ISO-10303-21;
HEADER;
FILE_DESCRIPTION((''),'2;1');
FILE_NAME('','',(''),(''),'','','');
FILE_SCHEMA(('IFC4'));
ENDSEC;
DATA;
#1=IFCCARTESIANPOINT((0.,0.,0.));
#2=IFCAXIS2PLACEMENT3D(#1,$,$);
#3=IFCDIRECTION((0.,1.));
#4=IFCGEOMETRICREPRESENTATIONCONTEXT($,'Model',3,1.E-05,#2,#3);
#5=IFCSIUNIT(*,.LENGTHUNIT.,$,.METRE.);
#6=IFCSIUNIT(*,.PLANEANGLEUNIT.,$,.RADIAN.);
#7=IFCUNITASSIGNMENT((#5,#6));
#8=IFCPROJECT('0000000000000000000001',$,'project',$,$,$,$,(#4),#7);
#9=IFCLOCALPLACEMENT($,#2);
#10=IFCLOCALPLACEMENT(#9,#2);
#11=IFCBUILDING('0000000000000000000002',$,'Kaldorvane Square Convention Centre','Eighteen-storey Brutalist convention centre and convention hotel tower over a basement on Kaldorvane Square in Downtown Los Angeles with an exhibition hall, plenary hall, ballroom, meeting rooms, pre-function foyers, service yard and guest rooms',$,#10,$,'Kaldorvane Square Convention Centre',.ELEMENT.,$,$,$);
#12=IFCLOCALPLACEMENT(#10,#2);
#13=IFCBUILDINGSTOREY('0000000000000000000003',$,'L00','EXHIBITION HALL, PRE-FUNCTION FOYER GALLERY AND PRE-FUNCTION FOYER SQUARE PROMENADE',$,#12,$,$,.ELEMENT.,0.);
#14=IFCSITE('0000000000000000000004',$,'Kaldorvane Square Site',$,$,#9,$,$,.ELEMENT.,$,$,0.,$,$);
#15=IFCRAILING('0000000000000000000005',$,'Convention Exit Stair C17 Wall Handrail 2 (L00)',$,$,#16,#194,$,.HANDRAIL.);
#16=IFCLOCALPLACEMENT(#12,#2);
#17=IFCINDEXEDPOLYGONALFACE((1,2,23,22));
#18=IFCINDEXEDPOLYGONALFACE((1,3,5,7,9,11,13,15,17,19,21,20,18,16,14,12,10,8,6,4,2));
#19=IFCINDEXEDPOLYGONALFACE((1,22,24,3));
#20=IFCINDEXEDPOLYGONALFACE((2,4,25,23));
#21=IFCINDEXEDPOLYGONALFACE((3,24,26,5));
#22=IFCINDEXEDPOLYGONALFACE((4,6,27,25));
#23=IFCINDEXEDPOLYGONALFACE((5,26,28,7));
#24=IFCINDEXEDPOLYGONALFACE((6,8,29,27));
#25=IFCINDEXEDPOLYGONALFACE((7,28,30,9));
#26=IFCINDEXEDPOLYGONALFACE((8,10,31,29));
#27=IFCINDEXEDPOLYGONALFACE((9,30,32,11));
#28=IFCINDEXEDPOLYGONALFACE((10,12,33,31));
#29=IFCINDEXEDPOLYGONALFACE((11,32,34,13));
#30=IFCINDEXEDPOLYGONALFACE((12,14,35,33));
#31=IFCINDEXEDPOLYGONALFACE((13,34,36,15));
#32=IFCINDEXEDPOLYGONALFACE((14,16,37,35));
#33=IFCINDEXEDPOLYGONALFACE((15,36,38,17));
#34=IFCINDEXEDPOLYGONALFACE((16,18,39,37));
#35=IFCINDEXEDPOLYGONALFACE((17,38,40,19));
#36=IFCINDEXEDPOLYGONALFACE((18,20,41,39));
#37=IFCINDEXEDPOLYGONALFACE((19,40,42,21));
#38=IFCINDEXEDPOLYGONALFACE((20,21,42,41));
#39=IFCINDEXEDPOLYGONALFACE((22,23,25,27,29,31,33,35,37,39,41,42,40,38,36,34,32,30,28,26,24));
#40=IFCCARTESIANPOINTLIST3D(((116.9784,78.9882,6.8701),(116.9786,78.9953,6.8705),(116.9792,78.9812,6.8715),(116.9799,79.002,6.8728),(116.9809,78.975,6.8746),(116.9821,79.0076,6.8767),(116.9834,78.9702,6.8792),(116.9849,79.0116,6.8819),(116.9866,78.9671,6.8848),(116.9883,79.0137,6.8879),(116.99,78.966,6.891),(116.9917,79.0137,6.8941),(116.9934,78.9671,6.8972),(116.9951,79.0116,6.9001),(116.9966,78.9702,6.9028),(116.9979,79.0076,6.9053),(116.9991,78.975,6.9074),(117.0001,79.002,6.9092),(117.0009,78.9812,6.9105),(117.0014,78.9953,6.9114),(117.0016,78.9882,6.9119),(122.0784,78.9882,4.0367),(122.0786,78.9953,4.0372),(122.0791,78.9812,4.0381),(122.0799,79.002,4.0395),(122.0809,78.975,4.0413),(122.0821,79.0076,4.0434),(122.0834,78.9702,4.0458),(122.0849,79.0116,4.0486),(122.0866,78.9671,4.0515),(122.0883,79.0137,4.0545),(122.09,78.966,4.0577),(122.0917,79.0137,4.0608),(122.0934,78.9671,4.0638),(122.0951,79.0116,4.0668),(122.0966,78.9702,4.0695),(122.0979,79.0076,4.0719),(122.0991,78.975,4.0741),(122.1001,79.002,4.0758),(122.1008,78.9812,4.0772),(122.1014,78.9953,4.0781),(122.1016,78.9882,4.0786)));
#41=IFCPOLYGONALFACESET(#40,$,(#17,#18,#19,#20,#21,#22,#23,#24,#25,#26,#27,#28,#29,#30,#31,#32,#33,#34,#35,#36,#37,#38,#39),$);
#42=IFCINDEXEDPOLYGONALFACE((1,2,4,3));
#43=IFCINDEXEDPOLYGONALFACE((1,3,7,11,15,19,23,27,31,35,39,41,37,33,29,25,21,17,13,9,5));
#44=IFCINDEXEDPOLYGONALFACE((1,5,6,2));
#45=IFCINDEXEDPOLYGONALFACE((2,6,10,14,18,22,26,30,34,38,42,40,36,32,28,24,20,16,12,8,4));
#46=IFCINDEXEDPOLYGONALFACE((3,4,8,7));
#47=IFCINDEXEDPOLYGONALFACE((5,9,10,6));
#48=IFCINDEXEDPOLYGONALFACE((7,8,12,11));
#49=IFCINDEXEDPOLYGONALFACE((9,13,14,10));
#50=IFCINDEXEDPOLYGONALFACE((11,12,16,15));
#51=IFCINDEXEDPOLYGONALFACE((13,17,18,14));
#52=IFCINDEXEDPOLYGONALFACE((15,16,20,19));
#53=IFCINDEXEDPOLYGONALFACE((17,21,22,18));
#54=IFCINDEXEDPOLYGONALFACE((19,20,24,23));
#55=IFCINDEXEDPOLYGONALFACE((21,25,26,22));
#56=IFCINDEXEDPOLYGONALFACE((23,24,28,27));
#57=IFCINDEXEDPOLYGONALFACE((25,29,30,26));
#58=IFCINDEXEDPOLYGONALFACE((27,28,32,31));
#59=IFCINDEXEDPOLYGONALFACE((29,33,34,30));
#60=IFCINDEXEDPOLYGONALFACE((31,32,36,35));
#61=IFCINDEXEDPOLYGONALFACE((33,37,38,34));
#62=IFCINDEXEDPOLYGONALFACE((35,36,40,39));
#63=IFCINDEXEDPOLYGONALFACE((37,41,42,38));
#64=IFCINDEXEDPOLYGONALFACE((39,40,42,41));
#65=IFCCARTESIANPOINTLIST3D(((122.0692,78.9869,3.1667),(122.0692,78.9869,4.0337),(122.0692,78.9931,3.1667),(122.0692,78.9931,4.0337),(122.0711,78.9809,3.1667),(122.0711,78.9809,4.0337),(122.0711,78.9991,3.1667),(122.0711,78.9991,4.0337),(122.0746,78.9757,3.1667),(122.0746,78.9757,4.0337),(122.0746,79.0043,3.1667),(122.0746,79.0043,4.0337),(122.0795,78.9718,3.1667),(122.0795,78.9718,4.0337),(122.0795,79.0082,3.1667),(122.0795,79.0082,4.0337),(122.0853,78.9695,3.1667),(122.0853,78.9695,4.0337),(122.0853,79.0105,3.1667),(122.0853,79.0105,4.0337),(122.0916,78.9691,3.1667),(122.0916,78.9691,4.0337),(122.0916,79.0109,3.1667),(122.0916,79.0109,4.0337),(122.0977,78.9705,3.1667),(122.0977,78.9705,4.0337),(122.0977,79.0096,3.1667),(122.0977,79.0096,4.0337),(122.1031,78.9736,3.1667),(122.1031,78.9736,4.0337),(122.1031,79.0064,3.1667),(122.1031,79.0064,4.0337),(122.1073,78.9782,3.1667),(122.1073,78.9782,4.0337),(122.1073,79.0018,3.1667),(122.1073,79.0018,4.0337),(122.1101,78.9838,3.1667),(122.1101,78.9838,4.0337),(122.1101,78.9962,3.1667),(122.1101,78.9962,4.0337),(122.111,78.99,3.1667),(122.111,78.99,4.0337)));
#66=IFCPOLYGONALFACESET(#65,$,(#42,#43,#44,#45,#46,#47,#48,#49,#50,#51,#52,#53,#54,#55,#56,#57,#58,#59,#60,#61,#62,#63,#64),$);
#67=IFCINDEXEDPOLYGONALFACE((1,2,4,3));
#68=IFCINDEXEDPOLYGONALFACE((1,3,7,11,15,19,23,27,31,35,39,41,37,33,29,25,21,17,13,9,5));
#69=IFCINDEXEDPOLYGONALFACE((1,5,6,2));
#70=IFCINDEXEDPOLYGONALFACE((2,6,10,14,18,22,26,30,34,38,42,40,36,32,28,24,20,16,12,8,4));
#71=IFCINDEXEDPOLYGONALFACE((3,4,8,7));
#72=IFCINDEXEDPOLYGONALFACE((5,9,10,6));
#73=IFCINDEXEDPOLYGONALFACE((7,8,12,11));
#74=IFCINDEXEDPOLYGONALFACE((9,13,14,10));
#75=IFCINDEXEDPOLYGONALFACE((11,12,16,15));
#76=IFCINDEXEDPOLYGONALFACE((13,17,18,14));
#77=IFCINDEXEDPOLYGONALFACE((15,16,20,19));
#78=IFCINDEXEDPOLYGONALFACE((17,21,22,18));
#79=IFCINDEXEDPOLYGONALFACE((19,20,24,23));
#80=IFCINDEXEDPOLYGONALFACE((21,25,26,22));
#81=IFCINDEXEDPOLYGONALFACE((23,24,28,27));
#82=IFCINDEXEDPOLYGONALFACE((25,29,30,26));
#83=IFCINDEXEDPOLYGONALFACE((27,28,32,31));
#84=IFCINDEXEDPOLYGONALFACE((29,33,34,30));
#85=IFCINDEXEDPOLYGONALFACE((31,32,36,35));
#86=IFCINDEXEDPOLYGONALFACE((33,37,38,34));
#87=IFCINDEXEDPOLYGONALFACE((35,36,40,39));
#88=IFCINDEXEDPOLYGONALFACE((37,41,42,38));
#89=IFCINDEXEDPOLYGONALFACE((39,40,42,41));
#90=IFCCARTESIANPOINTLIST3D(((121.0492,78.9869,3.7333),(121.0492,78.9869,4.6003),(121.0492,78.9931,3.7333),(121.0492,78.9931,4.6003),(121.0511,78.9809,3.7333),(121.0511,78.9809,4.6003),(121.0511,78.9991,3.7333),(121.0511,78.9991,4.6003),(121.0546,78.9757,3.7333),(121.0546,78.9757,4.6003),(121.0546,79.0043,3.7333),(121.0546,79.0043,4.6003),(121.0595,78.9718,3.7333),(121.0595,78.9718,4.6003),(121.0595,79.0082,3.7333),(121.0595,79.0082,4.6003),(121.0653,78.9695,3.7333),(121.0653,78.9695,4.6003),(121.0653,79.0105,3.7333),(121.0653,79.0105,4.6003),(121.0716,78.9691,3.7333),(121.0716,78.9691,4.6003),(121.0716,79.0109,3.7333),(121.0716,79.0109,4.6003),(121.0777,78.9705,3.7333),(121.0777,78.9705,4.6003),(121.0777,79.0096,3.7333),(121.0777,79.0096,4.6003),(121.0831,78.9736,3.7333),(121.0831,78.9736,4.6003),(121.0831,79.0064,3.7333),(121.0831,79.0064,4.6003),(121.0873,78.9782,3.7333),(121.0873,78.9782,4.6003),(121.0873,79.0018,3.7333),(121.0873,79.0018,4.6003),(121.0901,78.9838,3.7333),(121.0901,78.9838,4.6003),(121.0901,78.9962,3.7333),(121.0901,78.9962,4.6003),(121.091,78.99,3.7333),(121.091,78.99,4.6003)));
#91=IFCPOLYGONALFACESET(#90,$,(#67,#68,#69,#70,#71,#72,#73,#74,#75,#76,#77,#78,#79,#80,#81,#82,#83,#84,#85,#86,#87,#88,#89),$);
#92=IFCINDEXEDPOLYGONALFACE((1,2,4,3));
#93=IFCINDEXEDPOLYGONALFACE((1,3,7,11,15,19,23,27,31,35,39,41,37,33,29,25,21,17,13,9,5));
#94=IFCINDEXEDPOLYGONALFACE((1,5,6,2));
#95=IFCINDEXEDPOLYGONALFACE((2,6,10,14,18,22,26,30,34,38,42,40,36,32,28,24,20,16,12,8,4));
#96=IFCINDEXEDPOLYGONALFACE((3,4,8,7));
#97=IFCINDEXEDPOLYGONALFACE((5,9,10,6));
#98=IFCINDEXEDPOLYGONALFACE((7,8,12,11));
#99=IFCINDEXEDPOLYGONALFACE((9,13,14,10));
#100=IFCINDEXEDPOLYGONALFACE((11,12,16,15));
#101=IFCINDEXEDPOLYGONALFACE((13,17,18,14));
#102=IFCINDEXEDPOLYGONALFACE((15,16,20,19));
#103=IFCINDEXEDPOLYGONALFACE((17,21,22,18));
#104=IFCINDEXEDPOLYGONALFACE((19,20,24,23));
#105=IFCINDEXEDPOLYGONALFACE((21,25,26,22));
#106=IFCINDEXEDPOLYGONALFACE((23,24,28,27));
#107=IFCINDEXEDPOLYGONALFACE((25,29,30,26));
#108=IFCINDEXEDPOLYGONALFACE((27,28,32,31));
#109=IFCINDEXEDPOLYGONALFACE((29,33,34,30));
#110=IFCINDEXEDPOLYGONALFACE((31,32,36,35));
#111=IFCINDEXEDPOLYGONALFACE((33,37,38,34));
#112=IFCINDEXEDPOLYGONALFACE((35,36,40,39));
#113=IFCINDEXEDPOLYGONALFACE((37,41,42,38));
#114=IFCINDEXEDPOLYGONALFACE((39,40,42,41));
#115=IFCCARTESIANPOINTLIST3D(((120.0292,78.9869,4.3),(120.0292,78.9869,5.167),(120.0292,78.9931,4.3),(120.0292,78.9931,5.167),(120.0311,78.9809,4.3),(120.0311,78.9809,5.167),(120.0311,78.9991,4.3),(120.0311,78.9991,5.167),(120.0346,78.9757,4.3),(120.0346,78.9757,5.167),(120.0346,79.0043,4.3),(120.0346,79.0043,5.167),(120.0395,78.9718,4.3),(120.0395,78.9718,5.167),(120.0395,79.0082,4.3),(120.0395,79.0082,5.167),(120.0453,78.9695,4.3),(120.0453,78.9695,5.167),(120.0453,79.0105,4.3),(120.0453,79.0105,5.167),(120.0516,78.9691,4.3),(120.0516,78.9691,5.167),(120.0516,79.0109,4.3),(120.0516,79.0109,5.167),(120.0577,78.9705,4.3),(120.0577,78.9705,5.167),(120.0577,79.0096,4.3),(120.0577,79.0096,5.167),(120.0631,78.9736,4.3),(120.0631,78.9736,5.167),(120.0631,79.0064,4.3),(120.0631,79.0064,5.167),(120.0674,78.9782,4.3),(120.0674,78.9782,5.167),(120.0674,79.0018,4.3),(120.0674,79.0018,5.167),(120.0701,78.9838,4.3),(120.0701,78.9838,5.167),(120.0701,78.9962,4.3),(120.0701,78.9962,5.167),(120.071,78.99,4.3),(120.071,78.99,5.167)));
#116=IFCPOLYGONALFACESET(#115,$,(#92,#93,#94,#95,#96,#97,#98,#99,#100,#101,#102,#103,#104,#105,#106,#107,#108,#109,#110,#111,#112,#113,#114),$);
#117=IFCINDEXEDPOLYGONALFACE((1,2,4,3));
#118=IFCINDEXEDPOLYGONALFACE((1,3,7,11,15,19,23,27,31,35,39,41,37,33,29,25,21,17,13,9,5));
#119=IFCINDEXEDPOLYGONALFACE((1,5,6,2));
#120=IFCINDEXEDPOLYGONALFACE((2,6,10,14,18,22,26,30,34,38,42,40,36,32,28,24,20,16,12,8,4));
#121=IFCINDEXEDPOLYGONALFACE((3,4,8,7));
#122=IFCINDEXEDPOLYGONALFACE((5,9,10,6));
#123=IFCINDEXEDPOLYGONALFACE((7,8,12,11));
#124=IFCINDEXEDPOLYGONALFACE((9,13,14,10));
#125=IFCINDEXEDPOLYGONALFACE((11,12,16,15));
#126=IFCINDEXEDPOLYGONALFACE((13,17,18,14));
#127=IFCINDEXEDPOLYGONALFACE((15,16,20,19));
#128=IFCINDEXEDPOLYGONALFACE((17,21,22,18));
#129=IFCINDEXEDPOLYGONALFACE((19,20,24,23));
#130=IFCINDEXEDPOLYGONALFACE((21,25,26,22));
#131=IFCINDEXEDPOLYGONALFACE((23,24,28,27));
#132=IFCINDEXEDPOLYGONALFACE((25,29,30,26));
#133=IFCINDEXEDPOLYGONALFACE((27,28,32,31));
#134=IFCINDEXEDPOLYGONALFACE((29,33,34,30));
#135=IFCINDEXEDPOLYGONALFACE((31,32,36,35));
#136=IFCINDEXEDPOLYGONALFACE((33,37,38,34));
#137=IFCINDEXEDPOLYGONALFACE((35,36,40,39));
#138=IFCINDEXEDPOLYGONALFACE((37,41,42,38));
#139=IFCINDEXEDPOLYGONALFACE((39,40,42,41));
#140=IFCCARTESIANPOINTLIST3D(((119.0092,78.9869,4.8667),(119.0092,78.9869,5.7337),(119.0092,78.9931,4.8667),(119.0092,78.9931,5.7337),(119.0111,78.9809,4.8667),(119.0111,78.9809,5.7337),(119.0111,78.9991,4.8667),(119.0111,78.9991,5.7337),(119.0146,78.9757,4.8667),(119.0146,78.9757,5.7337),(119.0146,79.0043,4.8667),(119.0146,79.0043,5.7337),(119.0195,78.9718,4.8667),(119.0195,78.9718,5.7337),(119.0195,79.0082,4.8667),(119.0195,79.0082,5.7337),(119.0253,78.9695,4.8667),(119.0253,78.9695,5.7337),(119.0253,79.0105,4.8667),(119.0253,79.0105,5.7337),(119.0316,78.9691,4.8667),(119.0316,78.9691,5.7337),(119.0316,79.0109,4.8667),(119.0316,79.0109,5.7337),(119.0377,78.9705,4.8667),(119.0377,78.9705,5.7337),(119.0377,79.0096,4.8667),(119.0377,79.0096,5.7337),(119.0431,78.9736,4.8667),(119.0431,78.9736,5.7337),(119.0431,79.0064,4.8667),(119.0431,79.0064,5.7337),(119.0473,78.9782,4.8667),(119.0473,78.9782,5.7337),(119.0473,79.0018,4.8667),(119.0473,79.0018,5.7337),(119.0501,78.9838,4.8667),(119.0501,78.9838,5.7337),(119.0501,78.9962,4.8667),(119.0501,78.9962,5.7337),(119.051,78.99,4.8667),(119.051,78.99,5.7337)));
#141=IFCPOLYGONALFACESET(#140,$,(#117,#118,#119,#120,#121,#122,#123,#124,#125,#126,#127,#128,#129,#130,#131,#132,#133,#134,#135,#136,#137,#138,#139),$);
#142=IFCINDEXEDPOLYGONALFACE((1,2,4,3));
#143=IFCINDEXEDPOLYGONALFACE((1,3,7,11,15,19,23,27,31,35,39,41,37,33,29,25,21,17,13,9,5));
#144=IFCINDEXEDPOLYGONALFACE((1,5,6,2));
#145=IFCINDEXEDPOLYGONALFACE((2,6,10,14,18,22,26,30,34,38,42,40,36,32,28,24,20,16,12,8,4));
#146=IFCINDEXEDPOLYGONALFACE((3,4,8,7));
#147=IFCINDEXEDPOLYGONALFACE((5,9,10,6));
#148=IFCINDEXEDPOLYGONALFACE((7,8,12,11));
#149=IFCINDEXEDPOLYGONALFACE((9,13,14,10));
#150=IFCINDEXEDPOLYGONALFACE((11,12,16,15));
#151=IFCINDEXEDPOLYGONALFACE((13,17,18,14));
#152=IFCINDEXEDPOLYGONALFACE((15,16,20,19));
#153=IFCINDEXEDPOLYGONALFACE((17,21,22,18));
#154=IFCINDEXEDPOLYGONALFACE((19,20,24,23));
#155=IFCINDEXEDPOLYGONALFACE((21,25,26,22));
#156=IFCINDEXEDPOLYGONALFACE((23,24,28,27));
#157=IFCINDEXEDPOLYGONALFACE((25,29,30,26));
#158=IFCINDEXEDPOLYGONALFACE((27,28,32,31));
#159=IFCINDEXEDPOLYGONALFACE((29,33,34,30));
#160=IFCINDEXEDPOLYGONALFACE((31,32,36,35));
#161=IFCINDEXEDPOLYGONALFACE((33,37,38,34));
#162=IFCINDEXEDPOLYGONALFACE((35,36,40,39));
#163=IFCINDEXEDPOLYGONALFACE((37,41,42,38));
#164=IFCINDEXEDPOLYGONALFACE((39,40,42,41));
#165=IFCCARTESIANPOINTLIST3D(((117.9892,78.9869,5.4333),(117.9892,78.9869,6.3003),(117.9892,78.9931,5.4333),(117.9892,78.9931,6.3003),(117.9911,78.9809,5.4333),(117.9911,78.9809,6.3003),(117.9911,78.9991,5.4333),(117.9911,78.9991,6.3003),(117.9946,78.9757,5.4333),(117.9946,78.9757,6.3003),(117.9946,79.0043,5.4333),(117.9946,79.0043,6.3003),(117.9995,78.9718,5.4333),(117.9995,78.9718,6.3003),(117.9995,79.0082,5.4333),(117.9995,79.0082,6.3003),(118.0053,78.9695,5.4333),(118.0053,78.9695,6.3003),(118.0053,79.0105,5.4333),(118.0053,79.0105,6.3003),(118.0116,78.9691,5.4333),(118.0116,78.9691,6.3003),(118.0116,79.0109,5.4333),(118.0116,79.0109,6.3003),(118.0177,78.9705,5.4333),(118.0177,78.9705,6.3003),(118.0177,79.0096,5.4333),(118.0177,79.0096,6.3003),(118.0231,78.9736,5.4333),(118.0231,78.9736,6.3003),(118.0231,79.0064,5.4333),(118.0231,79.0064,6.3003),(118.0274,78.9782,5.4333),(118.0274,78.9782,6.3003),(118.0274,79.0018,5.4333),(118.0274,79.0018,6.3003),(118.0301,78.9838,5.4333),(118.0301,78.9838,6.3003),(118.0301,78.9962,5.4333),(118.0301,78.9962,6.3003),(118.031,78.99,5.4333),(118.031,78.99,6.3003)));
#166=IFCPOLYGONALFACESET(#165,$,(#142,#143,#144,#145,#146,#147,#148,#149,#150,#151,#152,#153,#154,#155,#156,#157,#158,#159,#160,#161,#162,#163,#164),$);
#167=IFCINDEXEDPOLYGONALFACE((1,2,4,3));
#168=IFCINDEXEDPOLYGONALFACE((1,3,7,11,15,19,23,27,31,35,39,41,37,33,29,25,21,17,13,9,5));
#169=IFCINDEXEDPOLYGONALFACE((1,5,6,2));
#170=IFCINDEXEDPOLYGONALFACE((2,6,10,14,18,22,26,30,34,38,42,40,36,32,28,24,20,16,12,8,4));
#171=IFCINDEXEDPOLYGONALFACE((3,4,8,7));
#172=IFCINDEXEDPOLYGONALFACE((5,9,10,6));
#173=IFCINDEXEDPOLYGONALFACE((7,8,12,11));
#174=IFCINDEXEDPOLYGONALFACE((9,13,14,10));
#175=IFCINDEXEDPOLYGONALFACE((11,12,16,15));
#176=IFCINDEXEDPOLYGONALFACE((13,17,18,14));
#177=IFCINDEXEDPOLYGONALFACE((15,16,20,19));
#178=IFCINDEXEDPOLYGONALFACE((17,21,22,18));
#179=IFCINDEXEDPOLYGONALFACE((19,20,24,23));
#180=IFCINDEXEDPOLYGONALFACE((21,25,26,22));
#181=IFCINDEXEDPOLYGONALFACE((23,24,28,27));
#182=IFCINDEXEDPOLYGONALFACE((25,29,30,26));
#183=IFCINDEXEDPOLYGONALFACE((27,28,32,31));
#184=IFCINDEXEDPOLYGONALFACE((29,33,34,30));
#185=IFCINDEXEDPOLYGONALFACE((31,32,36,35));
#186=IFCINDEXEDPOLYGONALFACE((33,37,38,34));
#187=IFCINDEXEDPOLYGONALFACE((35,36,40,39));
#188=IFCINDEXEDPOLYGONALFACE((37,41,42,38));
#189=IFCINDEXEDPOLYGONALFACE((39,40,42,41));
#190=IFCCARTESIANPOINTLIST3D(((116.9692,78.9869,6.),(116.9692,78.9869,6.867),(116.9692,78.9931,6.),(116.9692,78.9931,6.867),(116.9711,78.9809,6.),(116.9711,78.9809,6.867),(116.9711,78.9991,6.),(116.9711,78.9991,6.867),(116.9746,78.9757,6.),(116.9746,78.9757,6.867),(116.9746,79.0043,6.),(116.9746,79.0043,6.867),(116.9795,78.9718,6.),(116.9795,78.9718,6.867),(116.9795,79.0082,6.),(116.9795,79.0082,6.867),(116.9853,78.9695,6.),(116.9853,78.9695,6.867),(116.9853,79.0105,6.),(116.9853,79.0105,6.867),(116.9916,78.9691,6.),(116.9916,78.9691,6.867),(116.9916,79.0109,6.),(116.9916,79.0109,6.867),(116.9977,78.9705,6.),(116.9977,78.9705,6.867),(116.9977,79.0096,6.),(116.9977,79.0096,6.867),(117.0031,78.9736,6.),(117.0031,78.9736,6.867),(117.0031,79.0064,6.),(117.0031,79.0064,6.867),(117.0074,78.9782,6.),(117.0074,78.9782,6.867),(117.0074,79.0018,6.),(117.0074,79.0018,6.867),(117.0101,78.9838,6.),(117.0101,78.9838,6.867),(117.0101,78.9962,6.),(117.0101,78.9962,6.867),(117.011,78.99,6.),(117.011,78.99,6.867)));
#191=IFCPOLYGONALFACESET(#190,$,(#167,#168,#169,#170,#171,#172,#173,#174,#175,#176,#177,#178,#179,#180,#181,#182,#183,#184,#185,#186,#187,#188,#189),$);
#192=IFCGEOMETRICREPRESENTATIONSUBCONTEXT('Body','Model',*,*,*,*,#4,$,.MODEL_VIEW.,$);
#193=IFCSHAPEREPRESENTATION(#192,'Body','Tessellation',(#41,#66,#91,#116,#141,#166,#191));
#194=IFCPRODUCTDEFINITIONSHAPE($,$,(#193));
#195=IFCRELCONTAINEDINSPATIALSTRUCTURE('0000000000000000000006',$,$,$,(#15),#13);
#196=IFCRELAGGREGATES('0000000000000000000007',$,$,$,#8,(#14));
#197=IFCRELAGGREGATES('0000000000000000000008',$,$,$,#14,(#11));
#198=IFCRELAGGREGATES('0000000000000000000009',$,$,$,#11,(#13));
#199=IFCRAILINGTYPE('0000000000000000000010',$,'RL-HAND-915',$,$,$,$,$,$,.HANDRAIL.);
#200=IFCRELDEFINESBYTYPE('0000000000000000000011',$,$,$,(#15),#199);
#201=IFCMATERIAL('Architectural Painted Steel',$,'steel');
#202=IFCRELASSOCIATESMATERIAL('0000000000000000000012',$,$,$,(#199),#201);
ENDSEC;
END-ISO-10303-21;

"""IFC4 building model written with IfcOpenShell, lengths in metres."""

from ifc_helpers import new_model, si_unit, direction, frame, origin, origin_2d, place, context, subcontext, project, spatial, circle, extrude, material, type_object, element, save


model = new_model("IFC4")

# Units and contexts
model_context = context("Model", 3, precision=1e-05, world=origin(), true_north=direction((0.0, 1.0)))
body_context = subcontext(model_context, "Body", "Model", "MODEL_VIEW")
ifc_project = project(units=[si_unit("LENGTHUNIT", "METRE"), si_unit("PLANEANGLEUNIT", "RADIAN")], contexts=[model_context])

# Site, building, storey
site_placement = place(None, origin())
site = spatial("IfcSite", under=ifc_project, at=site_placement, Name="Kaldorvane Square Site", CompositionType="ELEMENT", RefElevation=0.0)
building_placement = place(site_placement, origin())
building = spatial("IfcBuilding", under=site, at=building_placement, Name="Kaldorvane Square Convention Centre", Description="Eighteen-storey Brutalist convention centre and convention hotel tower over a basement on Kaldorvane Square in Downtown Los Angeles with an exhibition hall, plenary hall, ballroom, meeting rooms, pre-function foyers, service yard and guest rooms", LongName="Kaldorvane Square Convention Centre", CompositionType="ELEMENT")
storey_placement = place(building_placement, origin())
storey = spatial("IfcBuildingStorey", under=building, at=storey_placement, Name="L00", Description="EXHIBITION HALL, PRE-FUNCTION FOYER GALLERY AND PRE-FUNCTION FOYER SQUARE PROMENADE", CompositionType="ELEMENT", Elevation=0.0)

# Railing
ifc_material_1 = material(Name="Architectural Painted Steel", Category="steel")
railing_type_1 = type_object("IfcRailingType", Name="RL-HAND-915", PredefinedType="HANDRAIL", material=ifc_material_1)
railing_1_placement = place(storey_placement, frame((122.09, 78.99, 3.1667)))
element("IfcRailing", 1, at=railing_1_placement, inside=storey, type_object=railing_type_1, Name="Convention Exit Stair C17 Wall Handrail 2 (L00)", PredefinedType="HANDRAIL", context=body_context, shape_type="SweptSolid", body=[
    extrude(circle(Radius=0.024, at=origin_2d()), frame((0.0, 0.0, 0.891), z_axis=(-0.874157, 0.0, 0.485643), x_axis=(0.0, -1.0, 0.0)), (0.0, 0.0, 1.0), 5.8342),
    extrude(circle(Radius=0.021, at=origin_2d()), origin(), (0.0, 0.0, 1.0), 0.867),
    extrude(circle(Radius=0.021, at=origin_2d()), frame((-1.02, 0.0, 0.5667)), (0.0, 0.0, 1.0), 0.867),
    extrude(circle(Radius=0.021, at=origin_2d()), frame((-2.04, 0.0, 1.1333)), (0.0, 0.0, 1.0), 0.867),
    extrude(circle(Radius=0.021, at=origin_2d()), frame((-3.06, 0.0, 1.7)), (0.0, 0.0, 1.0), 0.867),
    extrude(circle(Radius=0.021, at=origin_2d()), frame((-4.08, 0.0, 2.2667)), (0.0, 0.0, 1.0), 0.867),
    extrude(circle(Radius=0.021, at=origin_2d()), frame((-5.1, 0.0, 2.8333)), (0.0, 0.0, 1.0), 0.867),
])

save(model, "model.ifc")
